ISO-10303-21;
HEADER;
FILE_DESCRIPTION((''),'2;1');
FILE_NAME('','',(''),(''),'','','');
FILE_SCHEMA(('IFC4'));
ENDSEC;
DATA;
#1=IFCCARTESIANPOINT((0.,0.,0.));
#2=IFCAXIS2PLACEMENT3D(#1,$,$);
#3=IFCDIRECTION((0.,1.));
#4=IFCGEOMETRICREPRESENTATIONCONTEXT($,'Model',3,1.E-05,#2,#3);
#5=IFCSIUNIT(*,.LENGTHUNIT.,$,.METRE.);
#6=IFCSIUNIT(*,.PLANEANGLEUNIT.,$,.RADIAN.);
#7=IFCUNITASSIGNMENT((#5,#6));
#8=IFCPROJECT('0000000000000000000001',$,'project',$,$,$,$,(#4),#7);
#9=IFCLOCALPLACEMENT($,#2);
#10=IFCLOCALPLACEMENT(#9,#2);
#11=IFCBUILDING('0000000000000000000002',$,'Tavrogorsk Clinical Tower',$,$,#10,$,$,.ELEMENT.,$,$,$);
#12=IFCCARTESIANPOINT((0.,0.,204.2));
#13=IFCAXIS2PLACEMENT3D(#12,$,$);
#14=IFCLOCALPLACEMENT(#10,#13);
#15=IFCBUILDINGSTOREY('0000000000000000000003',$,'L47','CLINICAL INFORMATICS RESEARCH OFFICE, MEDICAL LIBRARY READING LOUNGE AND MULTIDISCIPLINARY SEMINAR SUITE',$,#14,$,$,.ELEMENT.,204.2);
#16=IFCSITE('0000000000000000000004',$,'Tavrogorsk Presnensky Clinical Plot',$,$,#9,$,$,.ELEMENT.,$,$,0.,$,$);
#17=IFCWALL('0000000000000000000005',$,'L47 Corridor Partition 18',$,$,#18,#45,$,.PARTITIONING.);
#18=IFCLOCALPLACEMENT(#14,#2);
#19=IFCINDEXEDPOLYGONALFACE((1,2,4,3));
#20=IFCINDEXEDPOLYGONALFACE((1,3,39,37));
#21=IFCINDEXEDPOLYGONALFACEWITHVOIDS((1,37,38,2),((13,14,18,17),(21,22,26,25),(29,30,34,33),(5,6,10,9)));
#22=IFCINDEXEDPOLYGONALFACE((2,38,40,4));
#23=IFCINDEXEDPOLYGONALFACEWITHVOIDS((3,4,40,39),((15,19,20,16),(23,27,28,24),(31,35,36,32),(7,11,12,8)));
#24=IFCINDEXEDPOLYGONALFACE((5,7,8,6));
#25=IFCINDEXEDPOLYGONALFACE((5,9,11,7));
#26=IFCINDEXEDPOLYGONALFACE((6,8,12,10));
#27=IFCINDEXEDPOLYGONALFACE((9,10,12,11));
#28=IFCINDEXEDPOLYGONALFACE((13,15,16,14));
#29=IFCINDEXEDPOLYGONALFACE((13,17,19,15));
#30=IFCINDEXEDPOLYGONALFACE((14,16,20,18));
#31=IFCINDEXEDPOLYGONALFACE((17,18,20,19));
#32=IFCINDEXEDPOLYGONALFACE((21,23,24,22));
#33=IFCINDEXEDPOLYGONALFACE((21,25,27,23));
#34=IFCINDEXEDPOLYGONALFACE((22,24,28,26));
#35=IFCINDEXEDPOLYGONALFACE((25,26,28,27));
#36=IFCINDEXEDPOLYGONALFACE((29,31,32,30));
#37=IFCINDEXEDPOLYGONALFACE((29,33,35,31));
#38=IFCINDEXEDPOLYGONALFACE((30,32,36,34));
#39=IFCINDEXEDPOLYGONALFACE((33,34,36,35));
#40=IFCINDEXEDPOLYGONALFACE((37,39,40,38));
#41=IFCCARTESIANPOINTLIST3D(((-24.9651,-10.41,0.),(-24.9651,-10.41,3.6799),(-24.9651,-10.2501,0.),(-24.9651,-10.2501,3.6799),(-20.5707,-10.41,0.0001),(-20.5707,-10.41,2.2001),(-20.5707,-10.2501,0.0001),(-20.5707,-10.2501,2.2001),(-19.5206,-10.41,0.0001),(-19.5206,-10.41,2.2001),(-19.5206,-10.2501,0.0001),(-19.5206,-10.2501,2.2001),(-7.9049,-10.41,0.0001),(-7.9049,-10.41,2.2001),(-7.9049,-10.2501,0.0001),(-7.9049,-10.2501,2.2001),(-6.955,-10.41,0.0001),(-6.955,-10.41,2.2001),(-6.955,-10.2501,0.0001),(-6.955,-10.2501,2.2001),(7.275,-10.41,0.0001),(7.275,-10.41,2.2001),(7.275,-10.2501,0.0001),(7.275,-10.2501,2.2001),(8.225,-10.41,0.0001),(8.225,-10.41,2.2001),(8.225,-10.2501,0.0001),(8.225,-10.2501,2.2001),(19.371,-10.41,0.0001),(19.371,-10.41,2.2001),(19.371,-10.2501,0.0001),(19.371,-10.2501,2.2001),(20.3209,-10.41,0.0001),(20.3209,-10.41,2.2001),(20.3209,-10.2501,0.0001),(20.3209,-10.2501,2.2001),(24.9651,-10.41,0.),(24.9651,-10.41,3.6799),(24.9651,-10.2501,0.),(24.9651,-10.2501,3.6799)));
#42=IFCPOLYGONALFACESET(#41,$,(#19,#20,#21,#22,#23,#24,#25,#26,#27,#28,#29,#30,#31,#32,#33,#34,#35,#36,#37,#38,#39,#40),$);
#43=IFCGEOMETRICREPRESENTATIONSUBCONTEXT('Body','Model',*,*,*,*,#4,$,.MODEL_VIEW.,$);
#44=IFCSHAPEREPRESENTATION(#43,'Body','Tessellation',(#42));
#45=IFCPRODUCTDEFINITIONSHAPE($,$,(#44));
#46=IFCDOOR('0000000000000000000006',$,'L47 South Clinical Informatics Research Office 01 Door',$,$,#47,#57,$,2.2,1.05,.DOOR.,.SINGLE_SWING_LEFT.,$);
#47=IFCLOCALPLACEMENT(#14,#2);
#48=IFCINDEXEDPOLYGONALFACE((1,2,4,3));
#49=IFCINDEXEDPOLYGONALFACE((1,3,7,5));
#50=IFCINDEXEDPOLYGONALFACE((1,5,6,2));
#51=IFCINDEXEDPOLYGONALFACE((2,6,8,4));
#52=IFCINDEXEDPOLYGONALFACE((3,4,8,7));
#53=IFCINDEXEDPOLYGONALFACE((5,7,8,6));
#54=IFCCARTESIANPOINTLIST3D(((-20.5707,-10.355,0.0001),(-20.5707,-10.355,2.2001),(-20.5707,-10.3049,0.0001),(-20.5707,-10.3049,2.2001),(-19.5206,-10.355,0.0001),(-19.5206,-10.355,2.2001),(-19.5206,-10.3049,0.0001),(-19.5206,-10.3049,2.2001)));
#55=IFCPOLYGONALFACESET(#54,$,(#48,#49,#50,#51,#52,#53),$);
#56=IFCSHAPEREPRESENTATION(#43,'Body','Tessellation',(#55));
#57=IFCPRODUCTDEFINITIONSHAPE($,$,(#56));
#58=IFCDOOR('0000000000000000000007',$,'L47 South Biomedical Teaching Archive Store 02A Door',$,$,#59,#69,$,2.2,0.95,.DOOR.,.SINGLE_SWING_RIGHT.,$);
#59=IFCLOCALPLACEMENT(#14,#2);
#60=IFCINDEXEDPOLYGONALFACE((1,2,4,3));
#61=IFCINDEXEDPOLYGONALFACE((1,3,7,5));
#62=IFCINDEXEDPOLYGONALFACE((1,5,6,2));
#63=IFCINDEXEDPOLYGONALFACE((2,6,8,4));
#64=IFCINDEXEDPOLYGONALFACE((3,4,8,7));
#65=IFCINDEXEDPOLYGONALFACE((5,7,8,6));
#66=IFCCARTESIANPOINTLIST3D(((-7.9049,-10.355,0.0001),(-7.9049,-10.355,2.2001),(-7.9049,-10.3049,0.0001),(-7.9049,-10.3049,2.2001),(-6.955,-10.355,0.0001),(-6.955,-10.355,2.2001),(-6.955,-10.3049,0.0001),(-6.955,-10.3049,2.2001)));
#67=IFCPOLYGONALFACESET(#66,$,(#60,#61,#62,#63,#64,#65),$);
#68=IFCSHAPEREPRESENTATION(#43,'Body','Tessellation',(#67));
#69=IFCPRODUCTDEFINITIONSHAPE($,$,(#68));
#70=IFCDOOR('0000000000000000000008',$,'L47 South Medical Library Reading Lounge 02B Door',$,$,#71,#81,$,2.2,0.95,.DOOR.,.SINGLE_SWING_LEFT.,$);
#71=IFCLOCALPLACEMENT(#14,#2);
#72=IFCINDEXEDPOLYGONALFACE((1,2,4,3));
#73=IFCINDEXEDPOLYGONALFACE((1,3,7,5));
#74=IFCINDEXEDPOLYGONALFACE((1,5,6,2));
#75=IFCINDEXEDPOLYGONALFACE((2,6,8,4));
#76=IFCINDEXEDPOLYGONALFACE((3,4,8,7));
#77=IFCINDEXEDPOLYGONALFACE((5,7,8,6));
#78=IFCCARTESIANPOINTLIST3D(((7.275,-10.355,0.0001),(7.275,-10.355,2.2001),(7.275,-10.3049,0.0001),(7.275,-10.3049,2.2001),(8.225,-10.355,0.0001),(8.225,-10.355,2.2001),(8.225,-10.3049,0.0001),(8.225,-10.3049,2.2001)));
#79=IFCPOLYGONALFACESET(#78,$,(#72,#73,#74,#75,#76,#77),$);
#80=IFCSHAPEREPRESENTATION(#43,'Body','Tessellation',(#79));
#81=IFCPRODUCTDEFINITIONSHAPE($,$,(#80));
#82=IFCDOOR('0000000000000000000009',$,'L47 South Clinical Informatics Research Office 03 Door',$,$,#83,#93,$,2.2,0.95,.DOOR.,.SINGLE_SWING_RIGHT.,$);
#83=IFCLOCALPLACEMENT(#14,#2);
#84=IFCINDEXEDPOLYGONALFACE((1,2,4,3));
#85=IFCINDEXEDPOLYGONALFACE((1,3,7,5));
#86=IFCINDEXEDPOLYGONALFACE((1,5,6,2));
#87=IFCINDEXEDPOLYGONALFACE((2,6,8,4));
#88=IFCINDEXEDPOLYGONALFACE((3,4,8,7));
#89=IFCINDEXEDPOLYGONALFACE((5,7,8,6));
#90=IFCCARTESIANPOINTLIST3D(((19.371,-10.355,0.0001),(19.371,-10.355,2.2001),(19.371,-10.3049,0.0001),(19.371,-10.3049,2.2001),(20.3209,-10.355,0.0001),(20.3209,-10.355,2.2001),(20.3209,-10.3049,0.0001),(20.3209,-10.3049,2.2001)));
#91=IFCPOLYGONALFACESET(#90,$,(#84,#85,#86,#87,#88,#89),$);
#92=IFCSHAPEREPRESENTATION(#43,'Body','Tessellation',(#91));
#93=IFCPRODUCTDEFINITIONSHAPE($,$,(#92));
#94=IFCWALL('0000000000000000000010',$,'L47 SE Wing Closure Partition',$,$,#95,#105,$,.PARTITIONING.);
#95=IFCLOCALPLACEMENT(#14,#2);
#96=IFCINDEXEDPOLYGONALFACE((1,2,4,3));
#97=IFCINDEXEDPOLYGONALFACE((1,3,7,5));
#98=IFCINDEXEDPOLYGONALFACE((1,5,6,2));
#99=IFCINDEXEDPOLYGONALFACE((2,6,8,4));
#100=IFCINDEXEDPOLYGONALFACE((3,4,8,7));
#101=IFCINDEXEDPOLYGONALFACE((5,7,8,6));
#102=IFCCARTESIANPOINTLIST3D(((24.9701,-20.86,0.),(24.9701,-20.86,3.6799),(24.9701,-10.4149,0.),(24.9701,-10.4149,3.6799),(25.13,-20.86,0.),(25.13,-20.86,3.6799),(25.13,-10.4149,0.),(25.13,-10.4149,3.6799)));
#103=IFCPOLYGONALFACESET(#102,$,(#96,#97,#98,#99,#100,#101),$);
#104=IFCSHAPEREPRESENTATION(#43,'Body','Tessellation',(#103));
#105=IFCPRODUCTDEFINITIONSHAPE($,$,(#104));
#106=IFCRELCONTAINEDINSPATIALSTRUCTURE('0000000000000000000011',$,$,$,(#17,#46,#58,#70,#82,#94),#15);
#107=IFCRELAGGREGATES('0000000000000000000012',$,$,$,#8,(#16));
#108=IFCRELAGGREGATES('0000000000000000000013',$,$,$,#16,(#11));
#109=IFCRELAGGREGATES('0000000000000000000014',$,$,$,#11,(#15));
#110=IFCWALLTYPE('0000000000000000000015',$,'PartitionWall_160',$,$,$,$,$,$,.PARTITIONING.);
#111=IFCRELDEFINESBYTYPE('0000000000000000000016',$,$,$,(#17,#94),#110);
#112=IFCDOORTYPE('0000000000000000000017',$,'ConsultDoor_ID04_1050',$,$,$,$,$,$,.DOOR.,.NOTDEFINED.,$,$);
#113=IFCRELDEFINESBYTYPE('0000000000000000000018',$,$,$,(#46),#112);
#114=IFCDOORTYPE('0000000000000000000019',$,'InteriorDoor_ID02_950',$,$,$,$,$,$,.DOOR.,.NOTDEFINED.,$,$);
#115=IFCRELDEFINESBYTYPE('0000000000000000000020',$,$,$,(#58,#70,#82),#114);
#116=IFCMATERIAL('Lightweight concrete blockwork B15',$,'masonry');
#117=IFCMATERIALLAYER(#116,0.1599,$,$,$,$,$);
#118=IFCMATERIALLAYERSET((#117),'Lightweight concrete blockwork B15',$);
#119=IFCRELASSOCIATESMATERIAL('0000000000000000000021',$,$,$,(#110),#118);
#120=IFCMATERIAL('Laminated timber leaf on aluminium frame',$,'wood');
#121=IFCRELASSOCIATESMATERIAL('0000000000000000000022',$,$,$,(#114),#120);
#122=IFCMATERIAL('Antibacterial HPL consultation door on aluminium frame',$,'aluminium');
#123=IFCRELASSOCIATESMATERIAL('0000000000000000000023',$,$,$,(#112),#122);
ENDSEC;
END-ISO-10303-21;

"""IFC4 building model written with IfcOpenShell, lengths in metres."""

from ifc_helpers import new_model, si_unit, direction, frame, frame_2d, origin, place, context, subcontext, project, spatial, rectangle, extrude, material, layer, layer_set, type_object, element, fill, save


model = new_model("IFC4")

# Units and contexts
model_context = context("Model", 3, precision=1e-05, world=origin(), true_north=direction((0.0, 1.0)))
body_context = subcontext(model_context, "Body", "Model", "MODEL_VIEW")
ifc_project = project(units=[si_unit("LENGTHUNIT", "METRE"), si_unit("PLANEANGLEUNIT", "RADIAN")], contexts=[model_context])

# Site, building, storey
site_placement = place(None, origin())
site = spatial("IfcSite", under=ifc_project, at=site_placement, Name="Tavrogorsk Presnensky Clinical Plot", CompositionType="ELEMENT", RefElevation=0.0)
building_placement = place(site_placement, origin())
building = spatial("IfcBuilding", under=site, at=building_placement, Name="Tavrogorsk Clinical Tower", CompositionType="ELEMENT")
storey_placement = place(building_placement, frame((0.0, 0.0, 204.2)))
storey = spatial("IfcBuildingStorey", under=building, at=storey_placement, Name="L47", Description="CLINICAL INFORMATICS RESEARCH OFFICE, MEDICAL LIBRARY READING LOUNGE AND MULTIDISCIPLINARY SEMINAR SUITE", CompositionType="ELEMENT", Elevation=204.2)

# Shared definitions
ifc_material_1 = material(Name="Lightweight concrete blockwork B15", Category="masonry")
ifc_layer_1 = layer(ifc_material_1, 0.1599)
ifc_layer_set_1 = layer_set([ifc_layer_1], Name="Lightweight concrete blockwork B15")
wall_type_1 = type_object("IfcWallType", Name="PartitionWall_160", PredefinedType="PARTITIONING", material=ifc_layer_set_1)

# Shared definitions
ifc_material_2 = material(Name="Laminated timber leaf on aluminium frame", Category="wood")
door_type_1 = type_object("IfcDoorType", Name="InteriorDoor_ID02_950", OperationType="NOTDEFINED", PredefinedType="DOOR", material=ifc_material_2)

# Wall, openings, doors
wall_1_placement = place(storey_placement, frame((24.9651, -10.3301, 0.0), z_axis=(0.0, 0.0, 1.0), x_axis=(-1.0, 0.0, 0.0)))
wall_1 = element("IfcWall", 1, at=wall_1_placement, inside=storey, type_object=wall_type_1, Name="L47 Corridor Partition 18", PredefinedType="PARTITIONING", context=body_context, shape_type="SweptSolid", body=[
    extrude(rectangle(XDim=49.9302, YDim=0.1599, at=frame_2d((24.9651, 0.0))), origin(), (0.0, 0.0, 1.0), 3.6799),
])
opening_1_placement = place(wall_1_placement, frame((44.4858, 0.0, 0.0)))
opening_1 = element("IfcOpeningElement", 2, at=opening_1_placement, cuts=wall_1, PredefinedType="OPENING", context=body_context, shape_type="SweptSolid", body=[
    extrude(rectangle(XDim=1.05, YDim=2.2, at=frame_2d((0.5249, 1.1001))), frame((0.0, 0.0898, 0.0), z_axis=(0.0, -1.0, 0.0), x_axis=(1.0, 0.0, 0.0)), (0.0, 0.0, 1.0), 0.1799),
])
opening_2_placement = place(wall_1_placement, frame((31.9199, 0.0, 0.0)))
opening_2 = element("IfcOpeningElement", 3, at=opening_2_placement, cuts=wall_1, PredefinedType="OPENING", context=body_context, shape_type="SweptSolid", body=[
    extrude(rectangle(XDim=0.95, YDim=2.2, at=frame_2d((0.4751, 1.1001))), frame((0.0, 0.0898, 0.0), z_axis=(0.0, -1.0, 0.0), x_axis=(1.0, 0.0, 0.0)), (0.0, 0.0, 1.0), 0.1799),
])
opening_3_placement = place(wall_1_placement, frame((16.74, 0.0, 0.0)))
opening_3 = element("IfcOpeningElement", 4, at=opening_3_placement, cuts=wall_1, PredefinedType="OPENING", context=body_context, shape_type="SweptSolid", body=[
    extrude(rectangle(XDim=0.95, YDim=2.2, at=frame_2d((0.4751, 1.1001))), frame((0.0, 0.0898, 0.0), z_axis=(0.0, -1.0, 0.0), x_axis=(1.0, 0.0, 0.0)), (0.0, 0.0, 1.0), 0.1799),
])
opening_4_placement = place(wall_1_placement, frame((4.644, 0.0, 0.0)))
opening_4 = element("IfcOpeningElement", 5, at=opening_4_placement, cuts=wall_1, PredefinedType="OPENING", context=body_context, shape_type="SweptSolid", body=[
    extrude(rectangle(XDim=0.95, YDim=2.2, at=frame_2d((0.4751, 1.1001))), frame((0.0, 0.0898, 0.0), z_axis=(0.0, -1.0, 0.0), x_axis=(1.0, 0.0, 0.0)), (0.0, 0.0, 1.0), 0.1799),
])
ifc_material_3 = material(Name="Antibacterial HPL consultation door on aluminium frame", Category="aluminium")
door_type_2 = type_object("IfcDoorType", Name="ConsultDoor_ID04_1050", OperationType="NOTDEFINED", PredefinedType="DOOR", material=ifc_material_3)
door_1_placement = place(opening_1_placement, origin())
door_1 = element("IfcDoor", 6, at=door_1_placement, inside=storey, type_object=door_type_2, Name="L47 South Clinical Informatics Research Office 01 Door", OperationType="SINGLE_SWING_LEFT", OverallHeight=2.2, OverallWidth=1.05, PredefinedType="DOOR", context=body_context, shape_type="SweptSolid", body=[
    extrude(rectangle(XDim=1.05, YDim=2.2, at=frame_2d((0.5249, 1.1001))), frame((0.0, 0.0249, 0.0), z_axis=(0.0, -1.0, 0.0), x_axis=(1.0, 0.0, 0.0)), (0.0, 0.0, 1.0), 0.05),
])
fill(opening_1, door_1)
door_2_placement = place(opening_2_placement, origin())
door_2 = element("IfcDoor", 7, at=door_2_placement, inside=storey, type_object=door_type_1, Name="L47 South Biomedical Teaching Archive Store 02A Door", OperationType="SINGLE_SWING_RIGHT", OverallHeight=2.2, OverallWidth=0.95, PredefinedType="DOOR", context=body_context, shape_type="SweptSolid", body=[
    extrude(rectangle(XDim=0.95, YDim=2.2, at=frame_2d((0.4751, 1.1001))), frame((0.0, 0.0249, 0.0), z_axis=(0.0, -1.0, 0.0), x_axis=(1.0, 0.0, 0.0)), (0.0, 0.0, 1.0), 0.05),
])
fill(opening_2, door_2)
door_3_placement = place(opening_3_placement, origin())
door_3 = element("IfcDoor", 8, at=door_3_placement, inside=storey, type_object=door_type_1, Name="L47 South Medical Library Reading Lounge 02B Door", OperationType="SINGLE_SWING_LEFT", OverallHeight=2.2, OverallWidth=0.95, PredefinedType="DOOR", context=body_context, shape_type="SweptSolid", body=[
    extrude(rectangle(XDim=0.95, YDim=2.2, at=frame_2d((0.4751, 1.1001))), frame((0.0, 0.0249, 0.0), z_axis=(0.0, -1.0, 0.0), x_axis=(1.0, 0.0, 0.0)), (0.0, 0.0, 1.0), 0.05),
])
fill(opening_3, door_3)
door_4_placement = place(opening_4_placement, origin())
door_4 = element("IfcDoor", 9, at=door_4_placement, inside=storey, type_object=door_type_1, Name="L47 South Clinical Informatics Research Office 03 Door", OperationType="SINGLE_SWING_RIGHT", OverallHeight=2.2, OverallWidth=0.95, PredefinedType="DOOR", context=body_context, shape_type="SweptSolid", body=[
    extrude(rectangle(XDim=0.95, YDim=2.2, at=frame_2d((0.4751, 1.1001))), frame((0.0, 0.0249, 0.0), z_axis=(0.0, -1.0, 0.0), x_axis=(1.0, 0.0, 0.0)), (0.0, 0.0, 1.0), 0.05),
])
fill(opening_4, door_4)

# Wall
wall_2_placement = place(storey_placement, frame((25.05, -20.8601, 0.0), z_axis=(0.0, 0.0, 1.0), x_axis=(0.0, 1.0, 0.0)))
element("IfcWall", 10, at=wall_2_placement, inside=storey, type_object=wall_type_1, Name="L47 SE Wing Closure Partition", PredefinedType="PARTITIONING", context=body_context, shape_type="SweptSolid", body=[
    extrude(rectangle(XDim=10.4451, YDim=0.1599, at=frame_2d((5.2227, 0.0))), origin(), (0.0, 0.0, 1.0), 3.6799),
])

save(model, "model.ifc")
